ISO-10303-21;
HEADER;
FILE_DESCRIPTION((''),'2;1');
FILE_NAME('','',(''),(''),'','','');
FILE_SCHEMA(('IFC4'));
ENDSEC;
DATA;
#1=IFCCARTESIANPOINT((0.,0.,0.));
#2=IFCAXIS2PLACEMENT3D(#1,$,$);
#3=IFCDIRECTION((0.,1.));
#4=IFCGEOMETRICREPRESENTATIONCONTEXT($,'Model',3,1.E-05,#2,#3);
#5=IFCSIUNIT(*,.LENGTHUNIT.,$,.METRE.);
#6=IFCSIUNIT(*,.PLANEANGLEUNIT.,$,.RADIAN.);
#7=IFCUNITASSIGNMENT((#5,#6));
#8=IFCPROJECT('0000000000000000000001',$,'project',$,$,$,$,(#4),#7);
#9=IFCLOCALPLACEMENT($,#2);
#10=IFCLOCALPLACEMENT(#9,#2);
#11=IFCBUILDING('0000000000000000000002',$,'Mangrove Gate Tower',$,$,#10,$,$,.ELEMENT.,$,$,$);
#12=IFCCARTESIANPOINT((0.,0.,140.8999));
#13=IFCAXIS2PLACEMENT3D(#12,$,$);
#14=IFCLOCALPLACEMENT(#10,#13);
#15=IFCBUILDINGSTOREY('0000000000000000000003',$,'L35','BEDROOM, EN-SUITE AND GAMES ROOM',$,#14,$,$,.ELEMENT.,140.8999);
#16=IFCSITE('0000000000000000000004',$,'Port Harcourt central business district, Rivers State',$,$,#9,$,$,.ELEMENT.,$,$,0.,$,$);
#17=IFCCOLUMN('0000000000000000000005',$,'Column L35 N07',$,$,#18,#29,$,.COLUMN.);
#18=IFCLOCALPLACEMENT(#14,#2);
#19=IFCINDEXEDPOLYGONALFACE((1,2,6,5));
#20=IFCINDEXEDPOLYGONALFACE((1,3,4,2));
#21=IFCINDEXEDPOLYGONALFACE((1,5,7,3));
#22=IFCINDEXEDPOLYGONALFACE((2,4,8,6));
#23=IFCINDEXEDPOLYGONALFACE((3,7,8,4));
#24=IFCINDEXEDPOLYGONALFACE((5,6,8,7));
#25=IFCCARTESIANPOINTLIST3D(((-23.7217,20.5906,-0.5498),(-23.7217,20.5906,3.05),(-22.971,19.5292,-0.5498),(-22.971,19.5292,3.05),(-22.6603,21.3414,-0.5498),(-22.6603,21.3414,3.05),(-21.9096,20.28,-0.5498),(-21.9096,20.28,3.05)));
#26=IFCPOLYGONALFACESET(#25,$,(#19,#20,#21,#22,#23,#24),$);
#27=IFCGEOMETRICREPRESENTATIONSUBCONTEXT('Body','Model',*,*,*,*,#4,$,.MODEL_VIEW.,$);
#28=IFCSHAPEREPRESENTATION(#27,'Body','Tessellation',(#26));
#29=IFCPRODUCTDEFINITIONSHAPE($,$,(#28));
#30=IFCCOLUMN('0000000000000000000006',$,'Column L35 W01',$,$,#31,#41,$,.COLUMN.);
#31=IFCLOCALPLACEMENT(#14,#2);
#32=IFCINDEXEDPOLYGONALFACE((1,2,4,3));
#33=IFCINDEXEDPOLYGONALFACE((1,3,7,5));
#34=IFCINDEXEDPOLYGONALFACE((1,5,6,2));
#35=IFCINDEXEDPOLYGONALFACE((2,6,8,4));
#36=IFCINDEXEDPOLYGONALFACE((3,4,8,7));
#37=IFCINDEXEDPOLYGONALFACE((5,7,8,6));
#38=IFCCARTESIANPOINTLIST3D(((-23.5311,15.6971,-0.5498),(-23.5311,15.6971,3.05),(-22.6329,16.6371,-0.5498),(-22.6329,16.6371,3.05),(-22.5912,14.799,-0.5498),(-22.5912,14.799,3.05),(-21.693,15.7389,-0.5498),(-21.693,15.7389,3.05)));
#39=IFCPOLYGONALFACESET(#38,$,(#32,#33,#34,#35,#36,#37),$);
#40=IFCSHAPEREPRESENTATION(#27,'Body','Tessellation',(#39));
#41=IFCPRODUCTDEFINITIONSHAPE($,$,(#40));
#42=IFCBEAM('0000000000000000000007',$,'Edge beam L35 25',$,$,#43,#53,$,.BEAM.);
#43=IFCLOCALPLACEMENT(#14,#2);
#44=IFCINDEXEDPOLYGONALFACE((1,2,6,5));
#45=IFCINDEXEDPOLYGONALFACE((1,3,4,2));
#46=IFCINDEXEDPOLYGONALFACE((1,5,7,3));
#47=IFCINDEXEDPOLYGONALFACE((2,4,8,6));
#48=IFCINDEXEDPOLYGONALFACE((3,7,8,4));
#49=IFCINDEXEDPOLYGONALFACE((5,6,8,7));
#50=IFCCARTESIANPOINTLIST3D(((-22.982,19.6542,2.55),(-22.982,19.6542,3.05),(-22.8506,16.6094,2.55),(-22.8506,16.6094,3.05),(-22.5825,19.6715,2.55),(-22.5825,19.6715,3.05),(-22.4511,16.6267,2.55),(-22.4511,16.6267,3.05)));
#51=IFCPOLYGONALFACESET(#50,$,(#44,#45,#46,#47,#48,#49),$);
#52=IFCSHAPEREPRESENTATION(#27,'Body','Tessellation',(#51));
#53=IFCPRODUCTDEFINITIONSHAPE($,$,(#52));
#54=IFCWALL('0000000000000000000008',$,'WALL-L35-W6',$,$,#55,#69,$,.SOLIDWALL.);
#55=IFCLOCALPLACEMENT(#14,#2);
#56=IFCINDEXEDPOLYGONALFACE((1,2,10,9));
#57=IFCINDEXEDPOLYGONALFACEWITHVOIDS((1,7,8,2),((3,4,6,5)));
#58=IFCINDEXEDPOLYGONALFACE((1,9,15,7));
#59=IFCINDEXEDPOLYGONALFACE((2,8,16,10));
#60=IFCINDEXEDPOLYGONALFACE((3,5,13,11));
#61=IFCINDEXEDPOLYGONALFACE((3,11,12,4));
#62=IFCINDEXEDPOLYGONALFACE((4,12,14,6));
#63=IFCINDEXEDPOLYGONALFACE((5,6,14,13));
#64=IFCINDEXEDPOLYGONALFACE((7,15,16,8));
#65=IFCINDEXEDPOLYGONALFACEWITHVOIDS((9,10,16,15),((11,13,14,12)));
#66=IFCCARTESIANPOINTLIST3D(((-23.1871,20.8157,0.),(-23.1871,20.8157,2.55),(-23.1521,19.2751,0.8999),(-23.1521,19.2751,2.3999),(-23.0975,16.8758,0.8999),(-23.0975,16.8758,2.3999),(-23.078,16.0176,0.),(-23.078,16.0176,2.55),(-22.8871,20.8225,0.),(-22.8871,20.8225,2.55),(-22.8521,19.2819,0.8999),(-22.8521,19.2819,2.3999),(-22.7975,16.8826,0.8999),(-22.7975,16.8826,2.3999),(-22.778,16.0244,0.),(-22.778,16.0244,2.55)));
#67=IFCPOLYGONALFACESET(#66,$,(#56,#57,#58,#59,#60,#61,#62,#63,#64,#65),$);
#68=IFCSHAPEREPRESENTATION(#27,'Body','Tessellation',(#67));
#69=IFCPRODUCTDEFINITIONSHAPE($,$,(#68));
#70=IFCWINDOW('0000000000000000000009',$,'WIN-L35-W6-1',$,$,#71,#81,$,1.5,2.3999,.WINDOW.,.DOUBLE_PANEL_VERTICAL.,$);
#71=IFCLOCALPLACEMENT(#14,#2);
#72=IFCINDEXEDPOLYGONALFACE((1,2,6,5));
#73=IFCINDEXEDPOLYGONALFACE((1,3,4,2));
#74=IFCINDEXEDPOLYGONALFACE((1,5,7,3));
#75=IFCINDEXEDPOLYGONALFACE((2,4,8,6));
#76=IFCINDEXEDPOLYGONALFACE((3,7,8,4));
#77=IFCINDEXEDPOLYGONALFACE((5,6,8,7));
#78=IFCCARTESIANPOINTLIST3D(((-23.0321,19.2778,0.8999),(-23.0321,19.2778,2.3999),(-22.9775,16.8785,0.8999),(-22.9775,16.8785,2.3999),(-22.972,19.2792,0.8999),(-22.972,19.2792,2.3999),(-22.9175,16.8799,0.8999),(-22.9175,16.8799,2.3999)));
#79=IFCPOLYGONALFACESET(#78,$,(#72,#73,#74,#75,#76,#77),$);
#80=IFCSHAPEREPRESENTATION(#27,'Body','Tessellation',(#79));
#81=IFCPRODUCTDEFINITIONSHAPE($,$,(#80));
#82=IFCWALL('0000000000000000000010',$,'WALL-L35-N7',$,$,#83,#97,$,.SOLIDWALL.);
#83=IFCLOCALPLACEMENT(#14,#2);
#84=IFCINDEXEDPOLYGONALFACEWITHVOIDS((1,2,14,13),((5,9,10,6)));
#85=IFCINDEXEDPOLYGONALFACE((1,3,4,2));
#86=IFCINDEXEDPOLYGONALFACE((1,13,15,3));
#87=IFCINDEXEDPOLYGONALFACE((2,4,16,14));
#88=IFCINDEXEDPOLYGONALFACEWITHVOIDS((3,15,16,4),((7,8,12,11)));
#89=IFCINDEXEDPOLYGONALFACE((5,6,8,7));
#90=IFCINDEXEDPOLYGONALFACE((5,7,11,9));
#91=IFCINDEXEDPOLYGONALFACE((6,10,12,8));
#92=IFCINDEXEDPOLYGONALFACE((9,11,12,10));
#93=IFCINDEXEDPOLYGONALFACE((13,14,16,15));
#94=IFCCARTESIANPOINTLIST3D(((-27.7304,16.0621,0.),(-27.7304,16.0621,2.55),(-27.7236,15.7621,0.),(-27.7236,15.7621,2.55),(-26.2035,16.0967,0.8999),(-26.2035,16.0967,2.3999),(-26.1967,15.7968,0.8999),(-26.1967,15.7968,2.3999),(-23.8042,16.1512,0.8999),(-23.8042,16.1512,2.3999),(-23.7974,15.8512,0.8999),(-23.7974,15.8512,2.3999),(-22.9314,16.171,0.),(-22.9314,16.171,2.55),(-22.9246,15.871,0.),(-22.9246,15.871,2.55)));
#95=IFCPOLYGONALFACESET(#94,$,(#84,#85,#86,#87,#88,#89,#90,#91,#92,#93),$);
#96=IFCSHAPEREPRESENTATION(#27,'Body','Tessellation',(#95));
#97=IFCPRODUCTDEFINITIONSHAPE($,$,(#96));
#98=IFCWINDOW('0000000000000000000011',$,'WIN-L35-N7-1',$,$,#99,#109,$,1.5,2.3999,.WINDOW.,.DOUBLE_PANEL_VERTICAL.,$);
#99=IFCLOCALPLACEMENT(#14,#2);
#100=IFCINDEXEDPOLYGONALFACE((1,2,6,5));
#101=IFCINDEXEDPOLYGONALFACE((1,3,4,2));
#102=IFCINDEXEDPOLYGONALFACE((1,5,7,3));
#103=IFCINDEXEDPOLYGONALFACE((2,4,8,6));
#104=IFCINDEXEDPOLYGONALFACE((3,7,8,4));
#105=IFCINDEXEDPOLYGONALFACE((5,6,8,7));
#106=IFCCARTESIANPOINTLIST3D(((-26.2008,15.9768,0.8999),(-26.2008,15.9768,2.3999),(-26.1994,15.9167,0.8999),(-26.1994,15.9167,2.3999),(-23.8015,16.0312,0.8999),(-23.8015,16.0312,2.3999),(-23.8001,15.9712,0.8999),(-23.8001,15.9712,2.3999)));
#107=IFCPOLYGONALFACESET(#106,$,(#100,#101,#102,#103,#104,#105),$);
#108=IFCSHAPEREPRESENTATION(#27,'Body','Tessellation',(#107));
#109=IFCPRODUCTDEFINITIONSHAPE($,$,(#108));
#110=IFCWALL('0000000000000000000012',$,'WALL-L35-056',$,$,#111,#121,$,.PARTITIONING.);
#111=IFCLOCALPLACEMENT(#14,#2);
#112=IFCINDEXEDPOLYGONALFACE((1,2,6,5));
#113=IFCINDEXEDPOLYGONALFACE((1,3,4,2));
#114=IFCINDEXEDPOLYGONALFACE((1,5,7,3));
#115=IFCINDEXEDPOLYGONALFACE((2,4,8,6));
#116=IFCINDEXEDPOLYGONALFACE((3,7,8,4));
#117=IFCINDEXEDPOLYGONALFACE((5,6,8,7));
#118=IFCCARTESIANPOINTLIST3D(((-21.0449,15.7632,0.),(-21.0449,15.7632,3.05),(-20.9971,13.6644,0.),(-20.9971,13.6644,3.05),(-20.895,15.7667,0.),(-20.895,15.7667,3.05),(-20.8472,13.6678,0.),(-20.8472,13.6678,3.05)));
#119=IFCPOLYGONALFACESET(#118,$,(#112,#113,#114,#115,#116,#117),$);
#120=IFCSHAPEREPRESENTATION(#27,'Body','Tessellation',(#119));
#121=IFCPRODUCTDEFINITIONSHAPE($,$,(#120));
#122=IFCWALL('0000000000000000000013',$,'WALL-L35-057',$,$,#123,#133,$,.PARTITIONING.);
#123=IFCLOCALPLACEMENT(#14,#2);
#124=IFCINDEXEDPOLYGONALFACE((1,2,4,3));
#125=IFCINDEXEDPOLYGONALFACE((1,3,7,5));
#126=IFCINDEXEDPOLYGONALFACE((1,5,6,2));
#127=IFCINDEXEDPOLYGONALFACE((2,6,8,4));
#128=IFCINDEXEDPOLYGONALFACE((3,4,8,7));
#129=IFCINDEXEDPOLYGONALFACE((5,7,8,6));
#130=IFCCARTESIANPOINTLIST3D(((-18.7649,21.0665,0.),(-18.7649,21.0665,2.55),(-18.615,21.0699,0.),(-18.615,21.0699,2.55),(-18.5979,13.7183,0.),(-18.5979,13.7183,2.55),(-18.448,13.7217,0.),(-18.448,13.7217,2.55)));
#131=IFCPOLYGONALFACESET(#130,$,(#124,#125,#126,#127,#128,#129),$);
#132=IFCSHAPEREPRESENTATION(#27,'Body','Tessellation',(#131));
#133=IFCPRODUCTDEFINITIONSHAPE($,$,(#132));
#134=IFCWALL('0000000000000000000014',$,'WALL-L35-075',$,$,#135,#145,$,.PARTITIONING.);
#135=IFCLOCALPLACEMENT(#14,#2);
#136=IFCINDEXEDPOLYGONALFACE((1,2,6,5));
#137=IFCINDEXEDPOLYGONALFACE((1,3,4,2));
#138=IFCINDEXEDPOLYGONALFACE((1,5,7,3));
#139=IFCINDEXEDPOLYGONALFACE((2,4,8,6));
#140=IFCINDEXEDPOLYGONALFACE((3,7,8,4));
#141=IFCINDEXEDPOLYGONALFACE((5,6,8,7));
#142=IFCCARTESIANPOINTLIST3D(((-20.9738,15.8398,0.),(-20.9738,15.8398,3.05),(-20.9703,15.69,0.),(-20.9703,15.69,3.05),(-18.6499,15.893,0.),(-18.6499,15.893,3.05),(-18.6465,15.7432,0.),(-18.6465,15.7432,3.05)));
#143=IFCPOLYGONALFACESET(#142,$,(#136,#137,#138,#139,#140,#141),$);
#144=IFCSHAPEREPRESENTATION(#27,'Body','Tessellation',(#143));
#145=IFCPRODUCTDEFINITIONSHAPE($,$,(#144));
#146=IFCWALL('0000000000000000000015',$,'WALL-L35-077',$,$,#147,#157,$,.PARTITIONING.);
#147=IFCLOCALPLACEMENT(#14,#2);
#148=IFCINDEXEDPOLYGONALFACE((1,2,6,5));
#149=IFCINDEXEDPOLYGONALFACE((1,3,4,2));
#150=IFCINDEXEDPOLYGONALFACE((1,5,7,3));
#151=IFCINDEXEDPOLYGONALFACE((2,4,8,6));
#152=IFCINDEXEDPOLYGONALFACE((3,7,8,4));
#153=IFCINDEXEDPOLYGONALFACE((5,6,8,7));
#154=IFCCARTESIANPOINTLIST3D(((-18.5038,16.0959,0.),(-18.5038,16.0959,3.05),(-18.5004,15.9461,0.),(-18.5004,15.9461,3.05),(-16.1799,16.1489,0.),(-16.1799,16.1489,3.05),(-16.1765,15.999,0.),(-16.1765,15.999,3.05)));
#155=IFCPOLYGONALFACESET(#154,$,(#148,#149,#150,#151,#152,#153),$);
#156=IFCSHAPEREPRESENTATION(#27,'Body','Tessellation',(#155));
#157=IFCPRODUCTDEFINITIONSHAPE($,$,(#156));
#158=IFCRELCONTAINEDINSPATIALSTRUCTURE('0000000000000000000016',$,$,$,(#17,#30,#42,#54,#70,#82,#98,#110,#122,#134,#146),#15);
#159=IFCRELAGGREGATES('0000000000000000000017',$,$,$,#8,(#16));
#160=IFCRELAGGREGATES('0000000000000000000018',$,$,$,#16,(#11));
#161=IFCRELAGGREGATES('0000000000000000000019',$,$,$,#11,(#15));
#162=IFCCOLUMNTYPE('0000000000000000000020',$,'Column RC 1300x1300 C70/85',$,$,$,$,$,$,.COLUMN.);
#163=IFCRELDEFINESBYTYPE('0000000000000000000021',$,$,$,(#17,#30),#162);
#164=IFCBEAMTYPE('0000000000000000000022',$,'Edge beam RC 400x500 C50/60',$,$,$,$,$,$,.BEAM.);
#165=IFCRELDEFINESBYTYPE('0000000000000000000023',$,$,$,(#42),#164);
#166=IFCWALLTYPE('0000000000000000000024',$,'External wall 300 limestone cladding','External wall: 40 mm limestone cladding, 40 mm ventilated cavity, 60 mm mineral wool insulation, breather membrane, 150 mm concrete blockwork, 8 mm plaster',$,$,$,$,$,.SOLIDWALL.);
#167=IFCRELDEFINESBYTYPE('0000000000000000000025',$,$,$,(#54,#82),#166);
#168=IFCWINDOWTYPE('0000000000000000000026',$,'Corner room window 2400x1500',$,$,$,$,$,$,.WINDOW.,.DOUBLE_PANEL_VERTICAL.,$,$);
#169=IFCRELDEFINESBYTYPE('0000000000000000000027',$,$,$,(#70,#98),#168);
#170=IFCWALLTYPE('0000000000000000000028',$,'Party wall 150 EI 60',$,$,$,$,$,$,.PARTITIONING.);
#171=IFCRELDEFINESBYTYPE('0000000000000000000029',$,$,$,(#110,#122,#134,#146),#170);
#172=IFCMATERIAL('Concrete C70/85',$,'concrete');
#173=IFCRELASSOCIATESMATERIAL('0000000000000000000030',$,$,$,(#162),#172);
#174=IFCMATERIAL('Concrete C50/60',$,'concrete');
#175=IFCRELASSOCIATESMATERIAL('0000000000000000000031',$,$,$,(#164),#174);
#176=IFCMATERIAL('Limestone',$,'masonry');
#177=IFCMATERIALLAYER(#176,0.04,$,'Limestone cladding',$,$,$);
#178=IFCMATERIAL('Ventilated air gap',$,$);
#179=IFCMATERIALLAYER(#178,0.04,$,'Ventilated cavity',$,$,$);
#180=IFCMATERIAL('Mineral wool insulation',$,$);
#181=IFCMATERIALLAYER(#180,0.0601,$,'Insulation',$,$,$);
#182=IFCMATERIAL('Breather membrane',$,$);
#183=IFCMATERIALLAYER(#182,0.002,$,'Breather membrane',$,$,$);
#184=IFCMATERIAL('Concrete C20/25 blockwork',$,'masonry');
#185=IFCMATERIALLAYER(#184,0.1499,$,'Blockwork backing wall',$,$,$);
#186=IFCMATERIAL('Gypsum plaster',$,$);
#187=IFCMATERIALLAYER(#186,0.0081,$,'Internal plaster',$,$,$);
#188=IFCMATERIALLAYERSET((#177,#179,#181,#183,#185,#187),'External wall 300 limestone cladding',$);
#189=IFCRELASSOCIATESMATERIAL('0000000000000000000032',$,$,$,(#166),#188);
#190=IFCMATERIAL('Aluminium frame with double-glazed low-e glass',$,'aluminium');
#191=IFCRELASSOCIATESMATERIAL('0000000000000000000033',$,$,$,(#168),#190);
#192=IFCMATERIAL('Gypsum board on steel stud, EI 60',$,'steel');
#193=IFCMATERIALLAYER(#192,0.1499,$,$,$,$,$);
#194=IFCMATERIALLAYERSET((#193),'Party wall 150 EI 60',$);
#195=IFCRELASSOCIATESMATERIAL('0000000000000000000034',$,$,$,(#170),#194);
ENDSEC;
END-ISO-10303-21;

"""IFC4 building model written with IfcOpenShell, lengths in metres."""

from ifc_helpers import new_model, si_unit, direction, frame, frame_2d, origin, origin_2d, place, context, subcontext, project, spatial, rectangle, extrude, material, layer, layer_set, material_profile, profile_set, type_object, element, fill, save


model = new_model("IFC4")

# Units and contexts
model_context = context("Model", 3, precision=1e-05, world=origin(), true_north=direction((0.0, 1.0)))
body_context = subcontext(model_context, "Body", "Model", "MODEL_VIEW")
ifc_project = project(units=[si_unit("LENGTHUNIT", "METRE"), si_unit("PLANEANGLEUNIT", "RADIAN")], contexts=[model_context])

# Site, building, storey
site_placement = place(None, origin())
site = spatial("IfcSite", under=ifc_project, at=site_placement, Name="Port Harcourt central business district, Rivers State", CompositionType="ELEMENT", RefElevation=0.0)
building_placement = place(site_placement, origin())
building = spatial("IfcBuilding", under=site, at=building_placement, Name="Mangrove Gate Tower", CompositionType="ELEMENT")
storey_placement = place(building_placement, frame((0.0, 0.0, 140.8999)))
storey = spatial("IfcBuildingStorey", under=building, at=storey_placement, Name="L35", Description="BEDROOM, EN-SUITE AND GAMES ROOM", CompositionType="ELEMENT", Elevation=140.8999)

# Columns
ifc_material_1 = material(Name="Concrete C70/85", Category="concrete")
ifc_material_profile_1 = material_profile(ifc_material_1, rectangle(XDim=1.3, YDim=1.3, at=origin_2d()))
ifc_profile_set_1 = profile_set([ifc_material_profile_1], Name="Concrete C70/85")
column_type = type_object("IfcColumnType", Name="Column RC 1300x1300 C70/85", PredefinedType="COLUMN", material=ifc_profile_set_1)
for number, where, z_axis, x_axis, name in (
    (1, (-22.8157, 20.4353, -0.5498), (0.0, 0.0, 1.0), (-0.816422, -0.577455, 0.0), "Column L35 N07"),
    (2, (-22.6121, 15.718, -0.5498), (0.0, 0.0, 1.0), (-0.690868, -0.722981, 0.0), "Column L35 W01"),
):
    element("IfcColumn", number, at=place(storey_placement, frame(where, z_axis=z_axis, x_axis=x_axis)), inside=storey, type_object=column_type, Name=name, PredefinedType="COLUMN", context=body_context, shape_type="SweptSolid", body=[
        extrude(rectangle(XDim=1.3, YDim=1.3, at=origin_2d()), origin(), (0.0, 0.0, 1.0), 3.5999),
    ])

# Beam
ifc_material_2 = material(Name="Concrete C50/60", Category="concrete")
ifc_material_profile_2 = material_profile(ifc_material_2, rectangle(XDim=0.3999, YDim=0.5, at=origin_2d()))
ifc_profile_set_2 = profile_set([ifc_material_profile_2], Name="Concrete C50/60")
beam_type = type_object("IfcBeamType", Name="Edge beam RC 400x500 C50/60", PredefinedType="BEAM", material=ifc_profile_set_2)
beam_placement = place(storey_placement, frame((-22.7822, 19.6628, 2.8), z_axis=(0.0431, -0.999071, 0.0), x_axis=(0.999071, 0.0431, 0.0)))
element("IfcBeam", 3, at=beam_placement, inside=storey, type_object=beam_type, Name="Edge beam L35 25", PredefinedType="BEAM", context=body_context, shape_type="SweptSolid", body=[
    extrude(rectangle(XDim=0.3999, YDim=0.5, at=origin_2d()), origin(), (0.0, 0.0, 1.0), 3.0476),
])

# Walls, openings, windows
ifc_material_3 = material(Name="Limestone", Category="masonry")
ifc_layer_1 = layer(ifc_material_3, 0.04, Name="Limestone cladding")
ifc_material_4 = material(Name="Ventilated air gap")
ifc_layer_2 = layer(ifc_material_4, 0.04, Name="Ventilated cavity")
ifc_material_5 = material(Name="Mineral wool insulation")
ifc_layer_3 = layer(ifc_material_5, 0.0601, Name="Insulation")
ifc_material_6 = material(Name="Breather membrane")
ifc_layer_4 = layer(ifc_material_6, 0.002, Name="Breather membrane")
ifc_material_7 = material(Name="Concrete C20/25 blockwork", Category="masonry")
ifc_layer_5 = layer(ifc_material_7, 0.1499, Name="Blockwork backing wall")
ifc_material_8 = material(Name="Gypsum plaster")
ifc_layer_6 = layer(ifc_material_8, 0.0081, Name="Internal plaster")
ifc_layer_set_1 = layer_set([ifc_layer_1, ifc_layer_2, ifc_layer_3, ifc_layer_4, ifc_layer_5, ifc_layer_6], Name="External wall 300 limestone cladding")
wall_type_1 = type_object("IfcWallType", Name="External wall 300 limestone cladding", Description="External wall: 40 mm limestone cladding, 40 mm ventilated cavity, 60 mm mineral wool insulation, breather membrane, 150 mm concrete blockwork, 8 mm plaster", PredefinedType="SOLIDWALL", material=ifc_layer_set_1)
wall_1_placement = place(storey_placement, frame((-23.0371, 20.8191, 0.0), z_axis=(0.0, 0.0, 1.0), x_axis=(0.022739, -0.999741, 0.0)))
wall_1 = element("IfcWall", 4, at=wall_1_placement, inside=storey, type_object=wall_type_1, Name="WALL-L35-W6", PredefinedType="SOLIDWALL", context=body_context, shape_type="SweptSolid", body=[
    extrude(rectangle(XDim=4.7993, YDim=0.3, at=frame_2d((2.3997, 0.0))), origin(), (0.0, 0.0, 1.0), 2.55),
])
opening_1_placement = place(wall_1_placement, frame((1.541, 0.0, 0.8999)))
opening_1 = element("IfcOpeningElement", 5, at=opening_1_placement, cuts=wall_1, PredefinedType="OPENING", context=body_context, shape_type="SweptSolid", body=[
    extrude(rectangle(XDim=2.3999, YDim=1.5, at=frame_2d((1.2, 0.75))), frame((0.0, 0.1599, 0.0), z_axis=(0.0, -1.0, 0.0), x_axis=(1.0, 0.0, 0.0)), (0.0, 0.0, 1.0), 0.3201),
])
ifc_material_9 = material(Name="Aluminium frame with double-glazed low-e glass", Category="aluminium")
window_type = type_object("IfcWindowType", Name="Corner room window 2400x1500", PartitioningType="DOUBLE_PANEL_VERTICAL", PredefinedType="WINDOW", material=ifc_material_9)
window_1_placement = place(opening_1_placement, origin())
window_1 = element("IfcWindow", 6, at=window_1_placement, inside=storey, type_object=window_type, Name="WIN-L35-W6-1", OverallHeight=1.5, OverallWidth=2.3999, PartitioningType="DOUBLE_PANEL_VERTICAL", PredefinedType="WINDOW", context=body_context, shape_type="SweptSolid", body=[
    extrude(rectangle(XDim=2.3999, YDim=1.5, at=frame_2d((1.2, 0.75))), frame((0.0, 0.03, 0.0), z_axis=(0.0, -1.0, 0.0), x_axis=(1.0, 0.0, 0.0)), (0.0, 0.0, 1.0), 0.0601),
])
fill(opening_1, window_1)
wall_2_placement = place(storey_placement, frame((-22.928, 16.021, 0.0), z_axis=(0.0, 0.0, 1.0), x_axis=(-0.999743, -0.022683, 0.0)))
wall_2 = element("IfcWall", 7, at=wall_2_placement, inside=storey, type_object=wall_type_1, Name="WALL-L35-N7", PredefinedType="SOLIDWALL", context=body_context, shape_type="SweptSolid", body=[
    extrude(rectangle(XDim=4.8003, YDim=0.3, at=frame_2d((2.4001, 0.0))), origin(), (0.0, 0.0, 1.0), 2.55),
])
opening_2_placement = place(wall_2_placement, frame((0.873, 0.0, 0.8999)))
opening_2 = element("IfcOpeningElement", 8, at=opening_2_placement, cuts=wall_2, PredefinedType="OPENING", context=body_context, shape_type="SweptSolid", body=[
    extrude(rectangle(XDim=2.3999, YDim=1.5, at=frame_2d((1.2, 0.75))), frame((0.0, 0.1599, 0.0), z_axis=(0.0, -1.0, 0.0), x_axis=(1.0, 0.0, 0.0)), (0.0, 0.0, 1.0), 0.3201),
])
window_2_placement = place(opening_2_placement, origin())
window_2 = element("IfcWindow", 9, at=window_2_placement, inside=storey, type_object=window_type, Name="WIN-L35-N7-1", OverallHeight=1.5, OverallWidth=2.3999, PartitioningType="DOUBLE_PANEL_VERTICAL", PredefinedType="WINDOW", context=body_context, shape_type="SweptSolid", body=[
    extrude(rectangle(XDim=2.3999, YDim=1.5, at=frame_2d((1.2, 0.75))), frame((0.0, 0.03, 0.0), z_axis=(0.0, -1.0, 0.0), x_axis=(1.0, 0.0, 0.0)), (0.0, 0.0, 1.0), 0.0601),
])
fill(opening_2, window_2)

# Walls
ifc_material_10 = material(Name="Gypsum board on steel stud, EI 60", Category="steel")
ifc_layer_7 = layer(ifc_material_10, 0.1499)
ifc_layer_set_2 = layer_set([ifc_layer_7], Name="Party wall 150 EI 60")
wall_type_2 = type_object("IfcWallType", Name="Party wall 150 EI 60", PredefinedType="PARTITIONING", material=ifc_layer_set_2)
wall_3_placement = place(storey_placement, frame((-20.9221, 13.666, 0.0), z_axis=(0.0, 0.0, 1.0), x_axis=(-0.022793, 0.99974, 0.0)))
element("IfcWall", 10, at=wall_3_placement, inside=storey, type_object=wall_type_2, Name="WALL-L35-056", PredefinedType="PARTITIONING", context=body_context, shape_type="SweptSolid", body=[
    extrude(rectangle(XDim=2.0994, YDim=0.1499, at=frame_2d((1.0498, 0.0))), origin(), (0.0, 0.0, 1.0), 3.05),
])
wall_4_placement = place(storey_placement, frame((-18.5229, 13.72, 0.0), z_axis=(0.0, 0.0, 1.0), x_axis=(-0.02272, 0.999742, 0.0)))
element("IfcWall", 11, at=wall_4_placement, inside=storey, type_object=wall_type_2, Name="WALL-L35-057", PredefinedType="PARTITIONING", context=body_context, shape_type="SweptSolid", body=[
    extrude(rectangle(XDim=7.3501, YDim=0.1499, at=frame_2d((3.675, 0.0))), origin(), (0.0, 0.0, 1.0), 2.55),
])
for number, where, z_axis, x_axis, name in (
    (12, (-20.9719, 15.7649, 0.0), (0.0, 0.0, 1.0), (0.999738, 0.022896, 0.0), "WALL-L35-075"),
    (13, (-18.502, 16.021, 0.0), (0.0, 0.0, 1.0), (0.99974, 0.022791, 0.0), "WALL-L35-077"),
):
    element("IfcWall", number, at=place(storey_placement, frame(where, z_axis=z_axis, x_axis=x_axis)), inside=storey, type_object=wall_type_2, Name=name, PredefinedType="PARTITIONING", context=body_context, shape_type="SweptSolid", body=[
        extrude(rectangle(XDim=2.3245, YDim=0.1499, at=frame_2d((1.1621, 0.0))), origin(), (0.0, 0.0, 1.0), 3.05),
    ])

save(model, "model.ifc")
